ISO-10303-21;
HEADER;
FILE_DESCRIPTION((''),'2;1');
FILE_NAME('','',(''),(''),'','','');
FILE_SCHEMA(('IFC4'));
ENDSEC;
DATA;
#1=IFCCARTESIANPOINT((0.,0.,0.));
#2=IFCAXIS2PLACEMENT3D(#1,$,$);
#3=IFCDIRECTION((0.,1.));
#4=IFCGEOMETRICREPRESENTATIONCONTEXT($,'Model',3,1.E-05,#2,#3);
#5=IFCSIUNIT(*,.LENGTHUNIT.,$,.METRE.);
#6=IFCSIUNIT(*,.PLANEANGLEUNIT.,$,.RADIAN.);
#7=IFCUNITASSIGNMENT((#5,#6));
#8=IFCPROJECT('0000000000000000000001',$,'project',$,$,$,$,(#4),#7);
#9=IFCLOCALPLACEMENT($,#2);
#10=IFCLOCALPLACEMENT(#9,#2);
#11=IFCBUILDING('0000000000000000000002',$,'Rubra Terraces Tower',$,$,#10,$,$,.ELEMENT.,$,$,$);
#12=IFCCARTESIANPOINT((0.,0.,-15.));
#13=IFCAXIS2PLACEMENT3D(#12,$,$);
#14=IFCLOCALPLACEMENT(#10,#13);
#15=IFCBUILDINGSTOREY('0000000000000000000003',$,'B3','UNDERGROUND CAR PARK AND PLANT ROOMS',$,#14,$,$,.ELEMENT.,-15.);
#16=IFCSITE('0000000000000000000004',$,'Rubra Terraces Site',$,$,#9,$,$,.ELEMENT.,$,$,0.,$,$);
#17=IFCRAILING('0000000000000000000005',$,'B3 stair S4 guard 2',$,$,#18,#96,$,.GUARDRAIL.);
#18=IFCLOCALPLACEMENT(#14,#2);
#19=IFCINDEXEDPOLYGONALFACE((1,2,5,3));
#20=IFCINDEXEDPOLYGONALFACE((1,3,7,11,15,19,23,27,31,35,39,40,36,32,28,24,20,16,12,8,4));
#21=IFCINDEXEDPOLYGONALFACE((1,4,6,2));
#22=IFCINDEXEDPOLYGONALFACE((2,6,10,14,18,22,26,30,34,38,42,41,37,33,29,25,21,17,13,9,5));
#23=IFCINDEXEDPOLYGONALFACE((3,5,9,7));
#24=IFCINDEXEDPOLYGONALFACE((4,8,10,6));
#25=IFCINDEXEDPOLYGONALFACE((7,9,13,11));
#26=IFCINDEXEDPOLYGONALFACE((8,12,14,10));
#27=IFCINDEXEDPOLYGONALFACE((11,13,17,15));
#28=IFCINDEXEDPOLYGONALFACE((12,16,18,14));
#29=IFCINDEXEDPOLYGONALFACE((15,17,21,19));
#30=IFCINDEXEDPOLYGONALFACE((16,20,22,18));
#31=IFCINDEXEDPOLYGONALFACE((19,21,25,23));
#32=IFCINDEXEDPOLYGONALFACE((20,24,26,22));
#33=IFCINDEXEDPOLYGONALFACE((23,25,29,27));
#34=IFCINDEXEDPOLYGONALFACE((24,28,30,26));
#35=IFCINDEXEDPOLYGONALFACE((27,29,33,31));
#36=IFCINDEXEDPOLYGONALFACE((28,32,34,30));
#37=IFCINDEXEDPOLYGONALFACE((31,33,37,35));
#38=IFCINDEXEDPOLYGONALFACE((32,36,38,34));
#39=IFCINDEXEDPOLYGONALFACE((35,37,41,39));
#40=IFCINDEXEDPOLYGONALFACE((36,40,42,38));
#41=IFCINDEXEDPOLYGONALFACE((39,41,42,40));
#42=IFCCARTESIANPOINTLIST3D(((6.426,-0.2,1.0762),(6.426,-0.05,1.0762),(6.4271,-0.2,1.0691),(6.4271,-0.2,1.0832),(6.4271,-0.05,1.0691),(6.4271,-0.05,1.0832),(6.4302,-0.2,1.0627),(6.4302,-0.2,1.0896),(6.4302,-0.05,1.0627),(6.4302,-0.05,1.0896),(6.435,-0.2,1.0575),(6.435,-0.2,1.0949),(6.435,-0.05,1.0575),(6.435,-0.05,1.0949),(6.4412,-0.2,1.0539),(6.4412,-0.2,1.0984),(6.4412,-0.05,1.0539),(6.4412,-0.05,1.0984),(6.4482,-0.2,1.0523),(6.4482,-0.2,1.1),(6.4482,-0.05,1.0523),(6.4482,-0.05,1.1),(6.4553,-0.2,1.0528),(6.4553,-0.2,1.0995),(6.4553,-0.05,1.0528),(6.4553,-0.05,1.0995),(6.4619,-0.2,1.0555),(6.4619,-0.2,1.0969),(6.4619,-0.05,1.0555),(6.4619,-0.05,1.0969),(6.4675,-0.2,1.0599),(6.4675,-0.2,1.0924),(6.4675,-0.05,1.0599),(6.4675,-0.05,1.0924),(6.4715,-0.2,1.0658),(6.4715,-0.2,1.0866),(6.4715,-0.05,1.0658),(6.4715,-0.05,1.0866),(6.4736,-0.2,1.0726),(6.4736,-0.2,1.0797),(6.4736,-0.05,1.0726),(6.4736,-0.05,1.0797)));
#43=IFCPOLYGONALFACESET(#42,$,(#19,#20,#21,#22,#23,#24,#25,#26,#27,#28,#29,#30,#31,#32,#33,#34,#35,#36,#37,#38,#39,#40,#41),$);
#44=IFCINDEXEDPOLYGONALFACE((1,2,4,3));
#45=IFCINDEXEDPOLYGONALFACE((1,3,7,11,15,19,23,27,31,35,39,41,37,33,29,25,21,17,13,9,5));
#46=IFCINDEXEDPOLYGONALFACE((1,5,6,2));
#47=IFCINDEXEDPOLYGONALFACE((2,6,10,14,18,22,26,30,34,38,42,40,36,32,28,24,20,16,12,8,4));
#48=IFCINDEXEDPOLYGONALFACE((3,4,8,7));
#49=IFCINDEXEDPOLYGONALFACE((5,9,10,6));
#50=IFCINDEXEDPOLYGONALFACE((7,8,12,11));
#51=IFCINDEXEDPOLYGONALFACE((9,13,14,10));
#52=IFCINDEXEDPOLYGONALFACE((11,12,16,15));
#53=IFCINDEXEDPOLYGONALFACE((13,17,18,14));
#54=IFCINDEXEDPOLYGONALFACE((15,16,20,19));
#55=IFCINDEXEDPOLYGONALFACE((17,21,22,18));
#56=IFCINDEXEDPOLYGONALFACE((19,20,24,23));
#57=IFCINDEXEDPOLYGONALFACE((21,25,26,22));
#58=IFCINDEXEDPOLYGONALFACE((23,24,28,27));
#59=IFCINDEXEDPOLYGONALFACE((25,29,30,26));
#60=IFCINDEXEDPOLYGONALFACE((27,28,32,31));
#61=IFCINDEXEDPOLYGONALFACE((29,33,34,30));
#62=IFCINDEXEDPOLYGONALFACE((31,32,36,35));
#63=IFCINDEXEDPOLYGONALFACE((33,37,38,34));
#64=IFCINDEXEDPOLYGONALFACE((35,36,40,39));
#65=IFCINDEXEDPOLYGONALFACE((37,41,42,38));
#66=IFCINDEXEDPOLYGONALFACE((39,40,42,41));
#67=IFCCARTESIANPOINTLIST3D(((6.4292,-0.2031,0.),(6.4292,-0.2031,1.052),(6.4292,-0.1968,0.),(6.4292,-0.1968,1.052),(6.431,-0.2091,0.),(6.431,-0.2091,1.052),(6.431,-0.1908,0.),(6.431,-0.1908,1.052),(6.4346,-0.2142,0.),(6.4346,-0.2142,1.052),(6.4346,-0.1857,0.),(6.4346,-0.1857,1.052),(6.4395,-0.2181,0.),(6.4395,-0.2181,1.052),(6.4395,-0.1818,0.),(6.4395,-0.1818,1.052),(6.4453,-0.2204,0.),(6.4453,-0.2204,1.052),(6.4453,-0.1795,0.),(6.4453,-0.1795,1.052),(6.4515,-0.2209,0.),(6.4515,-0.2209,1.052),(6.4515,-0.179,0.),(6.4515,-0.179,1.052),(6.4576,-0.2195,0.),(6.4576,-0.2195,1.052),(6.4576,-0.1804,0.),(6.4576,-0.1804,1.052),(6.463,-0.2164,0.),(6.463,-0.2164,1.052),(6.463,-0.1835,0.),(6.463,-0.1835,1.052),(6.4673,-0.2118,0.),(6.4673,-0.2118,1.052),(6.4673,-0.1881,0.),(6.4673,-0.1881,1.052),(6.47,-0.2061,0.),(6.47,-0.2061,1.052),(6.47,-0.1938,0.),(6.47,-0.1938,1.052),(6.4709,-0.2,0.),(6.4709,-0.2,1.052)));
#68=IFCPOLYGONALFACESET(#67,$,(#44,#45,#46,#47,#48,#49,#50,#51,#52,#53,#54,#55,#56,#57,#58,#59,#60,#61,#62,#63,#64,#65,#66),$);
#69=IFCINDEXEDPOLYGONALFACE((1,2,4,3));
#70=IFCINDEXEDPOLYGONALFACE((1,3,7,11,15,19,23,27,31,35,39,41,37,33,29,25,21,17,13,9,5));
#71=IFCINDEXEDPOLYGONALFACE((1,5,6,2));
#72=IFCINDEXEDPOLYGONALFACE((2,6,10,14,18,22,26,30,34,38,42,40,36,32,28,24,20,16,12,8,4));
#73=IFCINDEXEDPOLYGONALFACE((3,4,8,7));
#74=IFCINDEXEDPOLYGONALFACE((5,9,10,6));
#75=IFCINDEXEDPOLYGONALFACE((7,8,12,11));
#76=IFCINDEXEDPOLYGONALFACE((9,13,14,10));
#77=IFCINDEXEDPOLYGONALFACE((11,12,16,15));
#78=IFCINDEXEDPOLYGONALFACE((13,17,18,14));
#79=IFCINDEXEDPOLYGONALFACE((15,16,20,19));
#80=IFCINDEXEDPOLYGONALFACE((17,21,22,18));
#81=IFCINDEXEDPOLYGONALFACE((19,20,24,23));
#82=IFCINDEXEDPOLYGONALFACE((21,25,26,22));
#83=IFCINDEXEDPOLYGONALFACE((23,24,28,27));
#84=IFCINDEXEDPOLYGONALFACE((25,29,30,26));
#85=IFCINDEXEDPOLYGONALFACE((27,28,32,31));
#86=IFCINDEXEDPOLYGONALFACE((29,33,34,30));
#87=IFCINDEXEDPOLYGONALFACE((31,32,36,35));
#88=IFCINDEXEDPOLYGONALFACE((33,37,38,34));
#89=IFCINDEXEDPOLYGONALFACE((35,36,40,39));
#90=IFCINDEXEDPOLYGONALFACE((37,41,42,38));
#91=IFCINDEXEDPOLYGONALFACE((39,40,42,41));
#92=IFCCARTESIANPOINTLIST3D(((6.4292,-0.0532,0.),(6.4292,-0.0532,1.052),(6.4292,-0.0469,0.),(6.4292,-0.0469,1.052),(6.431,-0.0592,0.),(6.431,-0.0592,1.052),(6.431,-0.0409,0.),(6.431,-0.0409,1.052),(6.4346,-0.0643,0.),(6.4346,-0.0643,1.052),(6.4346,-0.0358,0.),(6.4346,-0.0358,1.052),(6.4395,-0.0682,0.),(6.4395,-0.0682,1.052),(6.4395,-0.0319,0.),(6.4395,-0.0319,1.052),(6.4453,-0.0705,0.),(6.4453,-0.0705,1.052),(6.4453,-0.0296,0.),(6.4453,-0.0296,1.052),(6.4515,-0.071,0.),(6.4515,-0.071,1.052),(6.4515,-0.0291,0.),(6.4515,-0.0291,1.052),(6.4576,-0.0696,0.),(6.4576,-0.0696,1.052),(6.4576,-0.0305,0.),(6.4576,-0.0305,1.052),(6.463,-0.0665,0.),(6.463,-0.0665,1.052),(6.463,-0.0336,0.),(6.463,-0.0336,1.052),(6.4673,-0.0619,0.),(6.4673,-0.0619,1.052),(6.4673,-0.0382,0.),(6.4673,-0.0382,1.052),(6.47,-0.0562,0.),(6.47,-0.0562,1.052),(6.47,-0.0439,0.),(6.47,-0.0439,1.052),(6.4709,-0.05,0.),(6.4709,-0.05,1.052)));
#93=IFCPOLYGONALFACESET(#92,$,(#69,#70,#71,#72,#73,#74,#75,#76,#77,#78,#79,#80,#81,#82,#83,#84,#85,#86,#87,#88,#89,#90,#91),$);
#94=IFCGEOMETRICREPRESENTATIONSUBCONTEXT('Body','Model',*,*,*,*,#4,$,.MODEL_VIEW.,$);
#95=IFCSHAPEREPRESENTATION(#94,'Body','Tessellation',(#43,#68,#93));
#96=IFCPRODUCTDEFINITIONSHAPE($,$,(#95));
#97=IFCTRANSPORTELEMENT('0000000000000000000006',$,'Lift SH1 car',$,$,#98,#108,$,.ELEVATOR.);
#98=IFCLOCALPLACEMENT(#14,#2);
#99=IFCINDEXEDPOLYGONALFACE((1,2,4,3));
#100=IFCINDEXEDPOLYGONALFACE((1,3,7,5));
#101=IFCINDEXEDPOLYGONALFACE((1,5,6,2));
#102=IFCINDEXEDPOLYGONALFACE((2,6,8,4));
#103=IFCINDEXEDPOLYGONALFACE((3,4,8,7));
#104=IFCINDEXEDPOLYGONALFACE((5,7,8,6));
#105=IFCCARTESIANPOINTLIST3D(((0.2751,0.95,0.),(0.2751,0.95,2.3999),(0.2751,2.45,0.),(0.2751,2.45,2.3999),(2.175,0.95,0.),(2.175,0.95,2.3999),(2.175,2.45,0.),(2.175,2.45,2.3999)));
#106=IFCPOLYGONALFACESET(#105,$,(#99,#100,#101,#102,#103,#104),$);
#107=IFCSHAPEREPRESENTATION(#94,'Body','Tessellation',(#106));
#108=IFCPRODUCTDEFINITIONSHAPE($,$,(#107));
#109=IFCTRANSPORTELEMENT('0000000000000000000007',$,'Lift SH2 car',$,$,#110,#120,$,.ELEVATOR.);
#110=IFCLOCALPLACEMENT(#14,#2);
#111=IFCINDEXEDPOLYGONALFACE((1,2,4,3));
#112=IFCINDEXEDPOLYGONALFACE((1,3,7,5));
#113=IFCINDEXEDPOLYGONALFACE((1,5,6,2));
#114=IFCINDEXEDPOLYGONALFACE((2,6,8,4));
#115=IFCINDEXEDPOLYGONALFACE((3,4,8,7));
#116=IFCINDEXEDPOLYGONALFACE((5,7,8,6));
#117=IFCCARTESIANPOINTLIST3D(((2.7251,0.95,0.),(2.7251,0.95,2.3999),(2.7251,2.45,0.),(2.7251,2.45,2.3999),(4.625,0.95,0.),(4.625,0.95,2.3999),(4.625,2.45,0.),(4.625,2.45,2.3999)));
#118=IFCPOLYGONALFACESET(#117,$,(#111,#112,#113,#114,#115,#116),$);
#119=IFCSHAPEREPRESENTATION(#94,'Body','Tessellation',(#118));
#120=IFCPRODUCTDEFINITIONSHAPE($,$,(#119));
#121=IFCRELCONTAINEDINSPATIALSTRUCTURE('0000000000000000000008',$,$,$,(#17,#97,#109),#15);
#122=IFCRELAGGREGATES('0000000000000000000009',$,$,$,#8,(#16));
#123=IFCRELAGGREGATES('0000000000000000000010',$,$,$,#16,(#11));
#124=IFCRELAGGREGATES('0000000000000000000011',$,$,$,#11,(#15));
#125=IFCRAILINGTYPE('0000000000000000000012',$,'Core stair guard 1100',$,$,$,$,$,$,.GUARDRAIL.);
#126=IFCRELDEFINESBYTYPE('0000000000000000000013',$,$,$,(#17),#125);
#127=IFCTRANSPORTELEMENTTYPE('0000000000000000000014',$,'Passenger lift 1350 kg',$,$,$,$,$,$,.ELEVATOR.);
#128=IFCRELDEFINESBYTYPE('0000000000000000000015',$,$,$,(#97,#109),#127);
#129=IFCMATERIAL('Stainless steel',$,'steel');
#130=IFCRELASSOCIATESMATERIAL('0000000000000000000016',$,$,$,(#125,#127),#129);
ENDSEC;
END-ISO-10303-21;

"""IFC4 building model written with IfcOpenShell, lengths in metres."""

from ifc_helpers import new_model, si_unit, direction, frame, origin, origin_2d, place, context, subcontext, project, spatial, rectangle, circle, extrude, material, type_object, element, save


model = new_model("IFC4")

# Units and contexts
model_context = context("Model", 3, precision=1e-05, world=origin(), true_north=direction((0.0, 1.0)))
body_context = subcontext(model_context, "Body", "Model", "MODEL_VIEW")
ifc_project = project(units=[si_unit("LENGTHUNIT", "METRE"), si_unit("PLANEANGLEUNIT", "RADIAN")], contexts=[model_context])

# Site, building, storey
site_placement = place(None, origin())
site = spatial("IfcSite", under=ifc_project, at=site_placement, Name="Rubra Terraces Site", CompositionType="ELEMENT", RefElevation=0.0)
building_placement = place(site_placement, origin())
building = spatial("IfcBuilding", under=site, at=building_placement, Name="Rubra Terraces Tower", CompositionType="ELEMENT")
storey_placement = place(building_placement, frame((0.0, 0.0, -15.0)))
storey = spatial("IfcBuildingStorey", under=building, at=storey_placement, Name="B3", Description="UNDERGROUND CAR PARK AND PLANT ROOMS", CompositionType="ELEMENT", Elevation=-15.0)

# Railing
ifc_material_1 = material(Name="Stainless steel", Category="steel")
railing_type_1 = type_object("IfcRailingType", Name="Core stair guard 1100", PredefinedType="GUARDRAIL", material=ifc_material_1)
railing_1_placement = place(storey_placement, frame((6.45, -0.2, 0.0)))
element("IfcRailing", 1, at=railing_1_placement, inside=storey, type_object=railing_type_1, Name="B3 stair S4 guard 2", PredefinedType="GUARDRAIL", context=body_context, shape_type="SweptSolid", body=[
    extrude(circle(Radius=0.0239, at=origin_2d()), frame((0.0, 0.0, 1.0762), z_axis=(0.0, 1.0, 0.0), x_axis=(-1.0, 0.0, 0.0)), (0.0, 0.0, 1.0), 0.1499),
    extrude(circle(Radius=0.021, at=origin_2d()), origin(), (0.0, 0.0, 1.0), 1.052),
    extrude(circle(Radius=0.021, at=origin_2d()), frame((0.0, 0.1499, 0.0)), (0.0, 0.0, 1.0), 1.052),
])

# Transport elements
transport_element_type = type_object("IfcTransportElementType", Name="Passenger lift 1350 kg", PredefinedType="ELEVATOR", material=ifc_material_1)
for number, where, z_axis, x_axis, name in (
    (2, (1.2251, 1.7, 0.0), (0.0, 0.0, 1.0), (1.0, 0.0, 0.0), "Lift SH1 car"),
    (3, (3.675, 1.7, 0.0), (0.0, 0.0, 1.0), (1.0, 0.0, 0.0), "Lift SH2 car"),
):
    element("IfcTransportElement", number, at=place(storey_placement, frame(where, z_axis=z_axis, x_axis=x_axis)), inside=storey, type_object=transport_element_type, Name=name, PredefinedType="ELEVATOR", context=body_context, shape_type="SweptSolid", body=[
        extrude(rectangle(XDim=1.8999, YDim=1.5, at=origin_2d()), origin(), (0.0, 0.0, 1.0), 2.3999),
    ])

save(model, "model.ifc")
